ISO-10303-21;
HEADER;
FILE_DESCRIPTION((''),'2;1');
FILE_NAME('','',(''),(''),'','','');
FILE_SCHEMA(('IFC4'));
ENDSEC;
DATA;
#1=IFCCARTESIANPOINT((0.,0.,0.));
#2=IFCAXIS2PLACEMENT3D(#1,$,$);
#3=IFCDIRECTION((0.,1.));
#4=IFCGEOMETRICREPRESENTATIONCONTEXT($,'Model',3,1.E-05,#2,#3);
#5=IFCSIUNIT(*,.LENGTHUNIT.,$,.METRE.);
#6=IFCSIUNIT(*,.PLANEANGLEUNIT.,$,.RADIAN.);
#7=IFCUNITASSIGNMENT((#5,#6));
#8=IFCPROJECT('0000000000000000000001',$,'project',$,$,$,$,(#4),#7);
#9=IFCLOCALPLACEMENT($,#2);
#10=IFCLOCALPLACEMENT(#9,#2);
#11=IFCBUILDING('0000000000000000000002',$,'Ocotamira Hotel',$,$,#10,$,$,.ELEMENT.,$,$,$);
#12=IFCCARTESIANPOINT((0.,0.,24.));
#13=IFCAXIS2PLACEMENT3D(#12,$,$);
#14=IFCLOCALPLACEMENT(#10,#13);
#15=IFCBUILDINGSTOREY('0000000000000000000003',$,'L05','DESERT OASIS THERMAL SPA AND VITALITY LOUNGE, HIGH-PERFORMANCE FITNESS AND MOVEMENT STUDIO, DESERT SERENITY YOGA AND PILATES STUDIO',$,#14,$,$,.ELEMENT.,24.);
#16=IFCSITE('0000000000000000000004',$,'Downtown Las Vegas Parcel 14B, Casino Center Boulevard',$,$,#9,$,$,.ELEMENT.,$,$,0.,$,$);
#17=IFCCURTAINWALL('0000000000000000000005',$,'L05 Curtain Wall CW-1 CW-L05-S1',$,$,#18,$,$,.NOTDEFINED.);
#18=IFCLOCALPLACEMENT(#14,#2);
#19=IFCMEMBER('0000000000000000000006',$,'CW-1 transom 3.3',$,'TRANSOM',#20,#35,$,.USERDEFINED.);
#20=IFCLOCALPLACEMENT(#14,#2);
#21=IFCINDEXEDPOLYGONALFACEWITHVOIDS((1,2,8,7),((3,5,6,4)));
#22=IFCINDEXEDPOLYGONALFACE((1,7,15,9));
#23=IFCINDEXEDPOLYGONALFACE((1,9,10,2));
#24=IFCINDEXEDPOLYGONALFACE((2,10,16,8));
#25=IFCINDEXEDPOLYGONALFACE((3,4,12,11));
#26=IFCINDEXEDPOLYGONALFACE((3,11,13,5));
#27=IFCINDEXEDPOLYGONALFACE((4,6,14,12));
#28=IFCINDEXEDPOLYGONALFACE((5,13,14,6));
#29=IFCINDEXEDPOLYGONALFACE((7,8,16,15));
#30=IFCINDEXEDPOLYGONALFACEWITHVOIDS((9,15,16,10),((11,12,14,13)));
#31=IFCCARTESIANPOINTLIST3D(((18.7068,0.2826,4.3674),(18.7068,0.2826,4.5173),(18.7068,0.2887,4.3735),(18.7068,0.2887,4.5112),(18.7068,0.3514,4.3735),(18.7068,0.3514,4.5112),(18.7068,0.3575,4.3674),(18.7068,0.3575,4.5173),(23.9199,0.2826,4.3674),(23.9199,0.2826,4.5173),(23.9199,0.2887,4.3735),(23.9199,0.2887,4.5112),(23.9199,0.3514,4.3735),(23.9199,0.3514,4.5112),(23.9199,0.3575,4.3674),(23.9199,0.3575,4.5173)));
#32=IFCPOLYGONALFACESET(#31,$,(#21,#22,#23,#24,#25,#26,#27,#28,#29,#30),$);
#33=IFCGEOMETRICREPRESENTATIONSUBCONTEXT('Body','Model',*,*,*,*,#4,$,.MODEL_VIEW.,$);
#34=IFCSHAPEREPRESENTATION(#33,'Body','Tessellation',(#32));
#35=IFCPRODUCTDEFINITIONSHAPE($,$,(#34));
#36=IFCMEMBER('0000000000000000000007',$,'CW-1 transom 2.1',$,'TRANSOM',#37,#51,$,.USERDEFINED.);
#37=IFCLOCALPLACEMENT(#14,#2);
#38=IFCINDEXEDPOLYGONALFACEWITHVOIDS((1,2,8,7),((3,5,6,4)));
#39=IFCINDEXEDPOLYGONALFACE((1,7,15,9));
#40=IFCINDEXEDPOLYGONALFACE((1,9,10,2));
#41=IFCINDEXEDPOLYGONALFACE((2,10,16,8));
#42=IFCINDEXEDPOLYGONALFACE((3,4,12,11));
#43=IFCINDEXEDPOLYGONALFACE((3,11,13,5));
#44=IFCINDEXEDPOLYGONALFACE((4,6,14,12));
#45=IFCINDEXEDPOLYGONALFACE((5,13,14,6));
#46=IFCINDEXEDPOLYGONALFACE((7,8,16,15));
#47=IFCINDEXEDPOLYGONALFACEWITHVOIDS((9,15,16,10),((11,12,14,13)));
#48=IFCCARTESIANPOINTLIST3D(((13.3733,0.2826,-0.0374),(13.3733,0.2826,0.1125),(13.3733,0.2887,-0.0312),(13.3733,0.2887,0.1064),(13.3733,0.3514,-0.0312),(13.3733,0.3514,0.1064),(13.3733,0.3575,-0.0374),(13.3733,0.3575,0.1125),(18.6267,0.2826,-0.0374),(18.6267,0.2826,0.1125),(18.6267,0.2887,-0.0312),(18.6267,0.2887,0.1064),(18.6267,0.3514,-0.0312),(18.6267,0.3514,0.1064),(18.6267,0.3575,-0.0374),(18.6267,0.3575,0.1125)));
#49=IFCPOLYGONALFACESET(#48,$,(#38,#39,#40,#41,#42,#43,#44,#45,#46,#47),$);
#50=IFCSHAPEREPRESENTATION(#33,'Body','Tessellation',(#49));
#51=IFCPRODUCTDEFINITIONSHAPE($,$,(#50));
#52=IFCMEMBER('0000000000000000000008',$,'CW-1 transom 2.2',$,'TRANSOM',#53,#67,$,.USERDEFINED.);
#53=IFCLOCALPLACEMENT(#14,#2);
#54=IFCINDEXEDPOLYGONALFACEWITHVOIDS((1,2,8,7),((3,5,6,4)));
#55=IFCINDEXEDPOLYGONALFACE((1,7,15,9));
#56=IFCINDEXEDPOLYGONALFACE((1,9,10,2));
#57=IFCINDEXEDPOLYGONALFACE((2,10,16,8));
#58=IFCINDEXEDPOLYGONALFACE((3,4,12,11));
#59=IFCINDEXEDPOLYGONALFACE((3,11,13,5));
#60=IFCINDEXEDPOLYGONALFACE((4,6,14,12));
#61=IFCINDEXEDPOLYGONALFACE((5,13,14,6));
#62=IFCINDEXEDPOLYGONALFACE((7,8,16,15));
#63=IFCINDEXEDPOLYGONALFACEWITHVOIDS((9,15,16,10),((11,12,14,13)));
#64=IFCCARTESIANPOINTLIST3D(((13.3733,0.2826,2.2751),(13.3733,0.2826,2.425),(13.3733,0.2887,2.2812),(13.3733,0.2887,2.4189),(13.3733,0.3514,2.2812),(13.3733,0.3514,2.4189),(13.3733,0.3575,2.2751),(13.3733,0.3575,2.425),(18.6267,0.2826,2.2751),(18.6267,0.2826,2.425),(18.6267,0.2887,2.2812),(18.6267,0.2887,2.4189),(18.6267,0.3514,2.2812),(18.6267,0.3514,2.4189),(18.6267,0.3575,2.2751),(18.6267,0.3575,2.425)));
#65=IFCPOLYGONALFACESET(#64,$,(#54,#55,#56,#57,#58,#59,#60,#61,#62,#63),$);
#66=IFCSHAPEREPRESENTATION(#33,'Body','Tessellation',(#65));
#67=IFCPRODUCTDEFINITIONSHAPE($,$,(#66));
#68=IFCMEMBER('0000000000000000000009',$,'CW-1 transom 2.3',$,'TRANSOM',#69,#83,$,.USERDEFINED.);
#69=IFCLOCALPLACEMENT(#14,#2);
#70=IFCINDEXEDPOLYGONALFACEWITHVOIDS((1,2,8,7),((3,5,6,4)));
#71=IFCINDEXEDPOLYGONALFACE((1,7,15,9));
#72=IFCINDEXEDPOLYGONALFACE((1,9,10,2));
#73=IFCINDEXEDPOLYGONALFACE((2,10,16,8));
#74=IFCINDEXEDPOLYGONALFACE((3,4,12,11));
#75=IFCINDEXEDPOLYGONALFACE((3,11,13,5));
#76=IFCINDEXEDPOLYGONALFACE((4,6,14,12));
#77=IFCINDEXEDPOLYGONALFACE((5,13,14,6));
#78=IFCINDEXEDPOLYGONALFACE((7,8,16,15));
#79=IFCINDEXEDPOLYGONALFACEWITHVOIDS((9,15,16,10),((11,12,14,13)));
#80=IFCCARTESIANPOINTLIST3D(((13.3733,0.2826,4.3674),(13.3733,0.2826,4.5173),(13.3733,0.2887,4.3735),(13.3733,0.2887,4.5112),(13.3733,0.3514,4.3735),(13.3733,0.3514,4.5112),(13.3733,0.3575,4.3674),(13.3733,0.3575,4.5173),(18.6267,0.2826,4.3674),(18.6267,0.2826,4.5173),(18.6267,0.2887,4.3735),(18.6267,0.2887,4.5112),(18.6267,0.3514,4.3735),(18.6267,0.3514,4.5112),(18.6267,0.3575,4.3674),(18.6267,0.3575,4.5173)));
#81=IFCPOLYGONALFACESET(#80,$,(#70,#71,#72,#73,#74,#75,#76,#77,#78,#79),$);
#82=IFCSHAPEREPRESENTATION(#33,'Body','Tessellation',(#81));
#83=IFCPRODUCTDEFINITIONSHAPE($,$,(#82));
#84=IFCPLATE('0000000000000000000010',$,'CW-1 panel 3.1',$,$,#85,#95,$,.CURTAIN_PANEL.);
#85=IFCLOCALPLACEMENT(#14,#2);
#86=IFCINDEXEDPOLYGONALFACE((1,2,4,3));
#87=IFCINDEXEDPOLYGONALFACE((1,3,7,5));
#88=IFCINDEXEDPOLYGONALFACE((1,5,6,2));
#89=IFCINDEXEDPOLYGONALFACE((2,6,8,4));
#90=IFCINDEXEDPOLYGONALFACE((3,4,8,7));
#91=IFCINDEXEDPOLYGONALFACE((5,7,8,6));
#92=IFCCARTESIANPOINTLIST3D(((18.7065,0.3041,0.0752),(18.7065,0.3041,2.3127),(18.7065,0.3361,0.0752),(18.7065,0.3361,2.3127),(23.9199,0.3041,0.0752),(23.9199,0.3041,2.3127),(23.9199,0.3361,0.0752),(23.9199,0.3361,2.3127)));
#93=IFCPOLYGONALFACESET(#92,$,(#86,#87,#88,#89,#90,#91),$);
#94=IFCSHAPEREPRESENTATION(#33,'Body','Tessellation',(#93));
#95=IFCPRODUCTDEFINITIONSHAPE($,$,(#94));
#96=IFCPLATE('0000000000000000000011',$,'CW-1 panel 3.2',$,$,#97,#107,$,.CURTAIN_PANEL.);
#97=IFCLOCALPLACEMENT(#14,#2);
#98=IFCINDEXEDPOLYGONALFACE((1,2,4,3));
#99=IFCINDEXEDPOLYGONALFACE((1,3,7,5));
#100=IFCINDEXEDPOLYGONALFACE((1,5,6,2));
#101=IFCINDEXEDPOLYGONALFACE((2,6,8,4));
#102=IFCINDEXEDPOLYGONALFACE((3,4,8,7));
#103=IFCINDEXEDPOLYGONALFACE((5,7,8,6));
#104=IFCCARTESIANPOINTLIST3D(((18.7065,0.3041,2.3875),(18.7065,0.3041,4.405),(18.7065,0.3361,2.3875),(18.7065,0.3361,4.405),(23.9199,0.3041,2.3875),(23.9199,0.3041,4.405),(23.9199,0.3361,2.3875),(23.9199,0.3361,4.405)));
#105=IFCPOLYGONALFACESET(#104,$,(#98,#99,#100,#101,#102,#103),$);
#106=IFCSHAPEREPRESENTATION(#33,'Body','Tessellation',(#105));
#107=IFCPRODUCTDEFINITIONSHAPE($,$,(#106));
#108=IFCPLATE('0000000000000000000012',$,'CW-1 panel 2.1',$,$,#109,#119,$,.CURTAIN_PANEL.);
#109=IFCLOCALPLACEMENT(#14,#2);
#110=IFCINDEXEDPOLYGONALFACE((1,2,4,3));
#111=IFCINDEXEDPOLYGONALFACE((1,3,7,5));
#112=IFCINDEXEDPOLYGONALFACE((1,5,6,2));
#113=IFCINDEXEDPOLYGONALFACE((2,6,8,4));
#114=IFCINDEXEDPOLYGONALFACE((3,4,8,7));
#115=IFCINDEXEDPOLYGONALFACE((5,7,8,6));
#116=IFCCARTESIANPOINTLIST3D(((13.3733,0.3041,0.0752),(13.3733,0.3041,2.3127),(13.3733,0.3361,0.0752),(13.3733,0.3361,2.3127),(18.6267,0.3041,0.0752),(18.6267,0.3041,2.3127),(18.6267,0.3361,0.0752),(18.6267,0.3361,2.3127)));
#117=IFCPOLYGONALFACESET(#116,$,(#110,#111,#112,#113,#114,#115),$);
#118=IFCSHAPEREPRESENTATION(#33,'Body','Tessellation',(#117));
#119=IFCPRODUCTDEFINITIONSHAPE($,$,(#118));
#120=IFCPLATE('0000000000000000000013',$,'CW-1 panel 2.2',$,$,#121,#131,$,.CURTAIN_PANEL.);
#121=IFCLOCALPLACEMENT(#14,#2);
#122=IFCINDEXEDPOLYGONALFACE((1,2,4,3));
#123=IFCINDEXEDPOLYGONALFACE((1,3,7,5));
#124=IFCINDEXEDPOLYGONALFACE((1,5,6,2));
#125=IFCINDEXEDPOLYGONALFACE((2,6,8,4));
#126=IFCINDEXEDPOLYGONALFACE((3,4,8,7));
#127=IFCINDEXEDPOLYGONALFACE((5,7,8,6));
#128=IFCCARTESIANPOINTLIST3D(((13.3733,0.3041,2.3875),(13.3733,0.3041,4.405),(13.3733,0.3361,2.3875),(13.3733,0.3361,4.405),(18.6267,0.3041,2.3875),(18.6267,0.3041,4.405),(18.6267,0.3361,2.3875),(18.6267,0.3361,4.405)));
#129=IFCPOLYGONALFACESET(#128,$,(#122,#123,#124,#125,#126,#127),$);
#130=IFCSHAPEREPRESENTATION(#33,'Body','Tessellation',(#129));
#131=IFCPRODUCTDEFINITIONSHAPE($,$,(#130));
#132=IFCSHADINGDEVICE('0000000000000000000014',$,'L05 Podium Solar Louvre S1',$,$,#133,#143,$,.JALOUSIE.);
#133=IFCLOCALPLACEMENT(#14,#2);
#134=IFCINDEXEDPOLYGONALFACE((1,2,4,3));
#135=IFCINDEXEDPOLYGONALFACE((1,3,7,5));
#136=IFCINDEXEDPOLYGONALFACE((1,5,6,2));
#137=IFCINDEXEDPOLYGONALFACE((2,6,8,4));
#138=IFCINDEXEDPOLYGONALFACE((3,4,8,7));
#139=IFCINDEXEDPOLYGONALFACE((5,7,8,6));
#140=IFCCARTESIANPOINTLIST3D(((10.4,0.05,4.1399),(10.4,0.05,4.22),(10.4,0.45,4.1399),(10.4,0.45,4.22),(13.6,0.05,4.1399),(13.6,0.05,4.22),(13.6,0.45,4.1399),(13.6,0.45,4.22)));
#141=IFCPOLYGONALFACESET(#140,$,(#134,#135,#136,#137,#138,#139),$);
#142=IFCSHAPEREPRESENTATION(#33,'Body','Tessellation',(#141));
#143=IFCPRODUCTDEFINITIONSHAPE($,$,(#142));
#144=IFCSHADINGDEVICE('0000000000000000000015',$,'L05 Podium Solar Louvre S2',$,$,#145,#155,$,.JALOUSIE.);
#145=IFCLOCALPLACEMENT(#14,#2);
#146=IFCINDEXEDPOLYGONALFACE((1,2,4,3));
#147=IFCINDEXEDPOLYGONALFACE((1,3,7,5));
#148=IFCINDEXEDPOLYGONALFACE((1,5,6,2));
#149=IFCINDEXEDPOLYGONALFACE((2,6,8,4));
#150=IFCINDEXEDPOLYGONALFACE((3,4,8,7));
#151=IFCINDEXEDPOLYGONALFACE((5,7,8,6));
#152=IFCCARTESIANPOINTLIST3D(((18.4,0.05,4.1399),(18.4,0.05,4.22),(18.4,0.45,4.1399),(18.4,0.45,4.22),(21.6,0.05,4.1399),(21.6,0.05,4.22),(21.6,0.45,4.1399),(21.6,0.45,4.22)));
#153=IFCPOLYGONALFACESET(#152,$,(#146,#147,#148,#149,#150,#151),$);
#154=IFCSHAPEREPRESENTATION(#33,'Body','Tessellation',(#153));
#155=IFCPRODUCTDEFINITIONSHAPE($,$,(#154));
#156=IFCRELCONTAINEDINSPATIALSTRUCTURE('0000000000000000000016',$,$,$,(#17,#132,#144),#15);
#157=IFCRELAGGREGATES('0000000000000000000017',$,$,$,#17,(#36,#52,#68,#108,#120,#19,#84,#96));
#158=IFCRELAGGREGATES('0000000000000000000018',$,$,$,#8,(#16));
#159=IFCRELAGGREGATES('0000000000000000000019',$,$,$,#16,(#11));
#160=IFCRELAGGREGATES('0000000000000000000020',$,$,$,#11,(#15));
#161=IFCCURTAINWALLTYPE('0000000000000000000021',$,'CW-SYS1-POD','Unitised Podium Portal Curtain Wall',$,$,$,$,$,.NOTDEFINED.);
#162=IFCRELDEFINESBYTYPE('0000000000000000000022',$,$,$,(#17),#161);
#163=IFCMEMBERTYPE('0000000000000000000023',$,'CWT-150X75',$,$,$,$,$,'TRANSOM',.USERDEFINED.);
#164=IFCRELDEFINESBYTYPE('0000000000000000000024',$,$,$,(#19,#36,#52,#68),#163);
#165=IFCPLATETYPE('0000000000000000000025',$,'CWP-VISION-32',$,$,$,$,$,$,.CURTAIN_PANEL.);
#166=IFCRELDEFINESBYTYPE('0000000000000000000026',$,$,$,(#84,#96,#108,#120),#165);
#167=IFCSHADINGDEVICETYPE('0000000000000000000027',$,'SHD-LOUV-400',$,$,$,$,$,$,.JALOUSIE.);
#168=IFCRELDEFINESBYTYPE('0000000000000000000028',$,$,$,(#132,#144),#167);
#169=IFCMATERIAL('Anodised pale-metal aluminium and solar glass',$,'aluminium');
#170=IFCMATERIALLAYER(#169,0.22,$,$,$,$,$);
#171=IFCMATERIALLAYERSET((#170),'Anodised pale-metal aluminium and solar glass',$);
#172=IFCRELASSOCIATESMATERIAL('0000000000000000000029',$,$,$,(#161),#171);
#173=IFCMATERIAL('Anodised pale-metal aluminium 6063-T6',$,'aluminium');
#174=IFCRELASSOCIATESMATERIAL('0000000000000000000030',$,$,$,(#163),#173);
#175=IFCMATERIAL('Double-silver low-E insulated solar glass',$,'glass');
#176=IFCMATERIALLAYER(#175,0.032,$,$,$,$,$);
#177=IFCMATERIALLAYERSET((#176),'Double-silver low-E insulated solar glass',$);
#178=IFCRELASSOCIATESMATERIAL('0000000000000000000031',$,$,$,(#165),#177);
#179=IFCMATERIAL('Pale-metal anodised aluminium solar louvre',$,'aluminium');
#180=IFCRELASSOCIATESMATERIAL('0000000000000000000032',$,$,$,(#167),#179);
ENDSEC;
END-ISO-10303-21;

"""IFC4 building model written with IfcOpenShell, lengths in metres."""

from ifc_helpers import new_model, si_unit, direction, frame, origin, origin_2d, place, context, subcontext, project, spatial, rectangle, hollow_rectangle, extrude, source, transform, mapped, material, layer, layer_set, material_profile, profile_set, type_object, element, aggregate, save


model = new_model("IFC4")

# Units and contexts
model_context = context("Model", 3, precision=1e-05, world=origin(), true_north=direction((0.0, 1.0)))
body_context = subcontext(model_context, "Body", "Model", "MODEL_VIEW")
ifc_project = project(units=[si_unit("LENGTHUNIT", "METRE"), si_unit("PLANEANGLEUNIT", "RADIAN")], contexts=[model_context])

# Site, building, storey
site_placement = place(None, origin())
site = spatial("IfcSite", under=ifc_project, at=site_placement, Name="Downtown Las Vegas Parcel 14B, Casino Center Boulevard", CompositionType="ELEMENT", RefElevation=0.0)
building_placement = place(site_placement, origin())
building = spatial("IfcBuilding", under=site, at=building_placement, Name="Ocotamira Hotel", CompositionType="ELEMENT")
storey_placement = place(building_placement, frame((0.0, 0.0, 24.0)))
storey = spatial("IfcBuildingStorey", under=building, at=storey_placement, Name="L05", Description="DESERT OASIS THERMAL SPA AND VITALITY LOUNGE, HIGH-PERFORMANCE FITNESS AND MOVEMENT STUDIO, DESERT SERENITY YOGA AND PILATES STUDIO", CompositionType="ELEMENT", Elevation=24.0)

# Curtain wall, members, plates
ifc_material_1 = material(Name="Anodised pale-metal aluminium and solar glass", Category="aluminium")
ifc_layer_1 = layer(ifc_material_1, 0.22)
ifc_layer_set_1 = layer_set([ifc_layer_1], Name="Anodised pale-metal aluminium and solar glass")
curtain_wall_type = type_object("IfcCurtainWallType", Name="CW-SYS1-POD", Description="Unitised Podium Portal Curtain Wall", PredefinedType="NOTDEFINED", material=ifc_layer_set_1)
curtain_wall_placement = place(storey_placement, origin())
curtain_wall = element("IfcCurtainWall", 1, at=curtain_wall_placement, inside=storey, type_object=curtain_wall_type, Name="L05 Curtain Wall CW-1 CW-L05-S1", PredefinedType="NOTDEFINED")
ifc_material_2 = material(Name="Anodised pale-metal aluminium 6063-T6", Category="aluminium")
ifc_material_profile_1 = material_profile(ifc_material_2, hollow_rectangle(XDim=0.075, YDim=0.1499, WallThickness=0.0061, at=origin_2d()), Name="HSS150X75X6")
ifc_profile_set_1 = profile_set([ifc_material_profile_1], Name="Anodised pale-metal aluminium 6063-T6")
member_type_1 = type_object("IfcMemberType", Name="CWT-150X75", ElementType="TRANSOM", PredefinedType="USERDEFINED", material=ifc_profile_set_1)
shared_shape_1 = source(origin(), body_context, "Body", "SweptSolid", [
    extrude(hollow_rectangle(XDim=0.075, YDim=0.1499, WallThickness=0.0061, at=origin_2d()), origin(), (0.0, 0.0, 1.0), 5.2131),
])
member_1_placement = place(storey_placement, frame((18.7068, 0.3201, 4.4424), z_axis=(1.0, 0.0, 0.0), x_axis=(0.0, 1.0, 0.0)))
member_1 = element("IfcMember", 2, at=member_1_placement, type_object=member_type_1, Name="CW-1 transom 3.3", ObjectType="TRANSOM", PredefinedType="USERDEFINED", context=body_context, shape_type="MappedRepresentation", body=[
    mapped(shared_shape_1, transform((0.0, 0.0, 0.0), scale=1.0)),
])
shared_shape_2 = source(origin(), body_context, "Body", "SweptSolid", [
    extrude(hollow_rectangle(XDim=0.075, YDim=0.1499, WallThickness=0.0061, at=origin_2d()), origin(), (0.0, 0.0, 1.0), 5.2534),
])
member_2_placement = place(storey_placement, frame((13.3733, 0.3201, 0.0376), z_axis=(1.0, 0.0, 0.0), x_axis=(0.0, 1.0, 0.0)))
member_2 = element("IfcMember", 3, at=member_2_placement, type_object=member_type_1, Name="CW-1 transom 2.1", ObjectType="TRANSOM", PredefinedType="USERDEFINED", context=body_context, shape_type="MappedRepresentation", body=[
    mapped(shared_shape_2, transform((0.0, 0.0, 0.0), scale=1.0)),
])
member_3_placement = place(storey_placement, frame((13.3733, 0.3201, 2.3501), z_axis=(1.0, 0.0, 0.0), x_axis=(0.0, 1.0, 0.0)))
member_3 = element("IfcMember", 4, at=member_3_placement, type_object=member_type_1, Name="CW-1 transom 2.2", ObjectType="TRANSOM", PredefinedType="USERDEFINED", context=body_context, shape_type="MappedRepresentation", body=[
    mapped(shared_shape_2, transform((0.0, 0.0, 0.0), scale=1.0)),
])
member_4_placement = place(storey_placement, frame((13.3733, 0.3201, 4.4424), z_axis=(1.0, 0.0, 0.0), x_axis=(0.0, 1.0, 0.0)))
member_4 = element("IfcMember", 5, at=member_4_placement, type_object=member_type_1, Name="CW-1 transom 2.3", ObjectType="TRANSOM", PredefinedType="USERDEFINED", context=body_context, shape_type="MappedRepresentation", body=[
    mapped(shared_shape_2, transform((0.0, 0.0, 0.0), scale=1.0)),
])
ifc_material_3 = material(Name="Double-silver low-E insulated solar glass", Category="glass")
ifc_layer_2 = layer(ifc_material_3, 0.032)
ifc_layer_set_2 = layer_set([ifc_layer_2], Name="Double-silver low-E insulated solar glass")
plate_type = type_object("IfcPlateType", Name="CWP-VISION-32", PredefinedType="CURTAIN_PANEL", material=ifc_layer_set_2)
shared_shape_3 = source(origin(), body_context, "Body", "SweptSolid", [
    extrude(rectangle(XDim=5.2134, YDim=0.032, at=origin_2d()), origin(), (0.0, 0.0, 1.0), 2.2375),
])
plate_1_placement = place(storey_placement, frame((21.3132, 0.3201, 0.0752), z_axis=(0.0, 0.0, 1.0), x_axis=(1.0, 0.0, 0.0)))
plate_1 = element("IfcPlate", 6, at=plate_1_placement, type_object=plate_type, Name="CW-1 panel 3.1", PredefinedType="CURTAIN_PANEL", context=body_context, shape_type="MappedRepresentation", body=[
    mapped(shared_shape_3, transform((0.0, 0.0, 0.0), scale=1.0)),
])
shared_shape_4 = source(origin(), body_context, "Body", "SweptSolid", [
    extrude(rectangle(XDim=5.2134, YDim=0.032, at=origin_2d()), origin(), (0.0, 0.0, 1.0), 2.0176),
])
plate_2_placement = place(storey_placement, frame((21.3132, 0.3201, 2.3875), z_axis=(0.0, 0.0, 1.0), x_axis=(1.0, 0.0, 0.0)))
plate_2 = element("IfcPlate", 7, at=plate_2_placement, type_object=plate_type, Name="CW-1 panel 3.2", PredefinedType="CURTAIN_PANEL", context=body_context, shape_type="MappedRepresentation", body=[
    mapped(shared_shape_4, transform((0.0, 0.0, 0.0), scale=1.0)),
])
shared_shape_5 = source(origin(), body_context, "Body", "SweptSolid", [
    extrude(rectangle(XDim=5.2534, YDim=0.032, at=origin_2d()), origin(), (0.0, 0.0, 1.0), 2.2375),
])
plate_3_placement = place(storey_placement, frame((16.0, 0.3201, 0.0752), z_axis=(0.0, 0.0, 1.0), x_axis=(1.0, 0.0, 0.0)))
plate_3 = element("IfcPlate", 8, at=plate_3_placement, type_object=plate_type, Name="CW-1 panel 2.1", PredefinedType="CURTAIN_PANEL", context=body_context, shape_type="MappedRepresentation", body=[
    mapped(shared_shape_5, transform((0.0, 0.0, 0.0), scale=1.0)),
])
shared_shape_6 = source(origin(), body_context, "Body", "SweptSolid", [
    extrude(rectangle(XDim=5.2534, YDim=0.032, at=origin_2d()), origin(), (0.0, 0.0, 1.0), 2.0176),
])
plate_4_placement = place(storey_placement, frame((16.0, 0.3201, 2.3875), z_axis=(0.0, 0.0, 1.0), x_axis=(1.0, 0.0, 0.0)))
plate_4 = element("IfcPlate", 9, at=plate_4_placement, type_object=plate_type, Name="CW-1 panel 2.2", PredefinedType="CURTAIN_PANEL", context=body_context, shape_type="MappedRepresentation", body=[
    mapped(shared_shape_6, transform((0.0, 0.0, 0.0), scale=1.0)),
])
aggregate(curtain_wall, [member_2, member_3, member_4, plate_3, plate_4, member_1, plate_1, plate_2])

# Shading devices
ifc_material_4 = material(Name="Pale-metal anodised aluminium solar louvre", Category="aluminium")
shading_device_type = type_object("IfcShadingDeviceType", Name="SHD-LOUV-400", PredefinedType="JALOUSIE", material=ifc_material_4)
shared_shape_7 = source(origin(), body_context, "Body", "SweptSolid", [
    extrude(rectangle(XDim=3.2, YDim=0.3999, at=origin_2d()), origin(), (0.0, 0.0, 1.0), 0.0801),
])
for number, where, z_axis, x_axis, name in (
    (10, (12.0, 0.25, 4.1399), (0.0, 0.0, 1.0), (1.0, 0.0, 0.0), "L05 Podium Solar Louvre S1"),
    (11, (20.0, 0.25, 4.1399), (0.0, 0.0, 1.0), (1.0, 0.0, 0.0), "L05 Podium Solar Louvre S2"),
):
    element("IfcShadingDevice", number, at=place(storey_placement, frame(where, z_axis=z_axis, x_axis=x_axis)), inside=storey, type_object=shading_device_type, Name=name, PredefinedType="JALOUSIE", context=body_context, shape_type="MappedRepresentation", body=[
        mapped(shared_shape_7, transform((0.0, 0.0, 0.0), scale=1.0)),
    ])

save(model, "model.ifc")
